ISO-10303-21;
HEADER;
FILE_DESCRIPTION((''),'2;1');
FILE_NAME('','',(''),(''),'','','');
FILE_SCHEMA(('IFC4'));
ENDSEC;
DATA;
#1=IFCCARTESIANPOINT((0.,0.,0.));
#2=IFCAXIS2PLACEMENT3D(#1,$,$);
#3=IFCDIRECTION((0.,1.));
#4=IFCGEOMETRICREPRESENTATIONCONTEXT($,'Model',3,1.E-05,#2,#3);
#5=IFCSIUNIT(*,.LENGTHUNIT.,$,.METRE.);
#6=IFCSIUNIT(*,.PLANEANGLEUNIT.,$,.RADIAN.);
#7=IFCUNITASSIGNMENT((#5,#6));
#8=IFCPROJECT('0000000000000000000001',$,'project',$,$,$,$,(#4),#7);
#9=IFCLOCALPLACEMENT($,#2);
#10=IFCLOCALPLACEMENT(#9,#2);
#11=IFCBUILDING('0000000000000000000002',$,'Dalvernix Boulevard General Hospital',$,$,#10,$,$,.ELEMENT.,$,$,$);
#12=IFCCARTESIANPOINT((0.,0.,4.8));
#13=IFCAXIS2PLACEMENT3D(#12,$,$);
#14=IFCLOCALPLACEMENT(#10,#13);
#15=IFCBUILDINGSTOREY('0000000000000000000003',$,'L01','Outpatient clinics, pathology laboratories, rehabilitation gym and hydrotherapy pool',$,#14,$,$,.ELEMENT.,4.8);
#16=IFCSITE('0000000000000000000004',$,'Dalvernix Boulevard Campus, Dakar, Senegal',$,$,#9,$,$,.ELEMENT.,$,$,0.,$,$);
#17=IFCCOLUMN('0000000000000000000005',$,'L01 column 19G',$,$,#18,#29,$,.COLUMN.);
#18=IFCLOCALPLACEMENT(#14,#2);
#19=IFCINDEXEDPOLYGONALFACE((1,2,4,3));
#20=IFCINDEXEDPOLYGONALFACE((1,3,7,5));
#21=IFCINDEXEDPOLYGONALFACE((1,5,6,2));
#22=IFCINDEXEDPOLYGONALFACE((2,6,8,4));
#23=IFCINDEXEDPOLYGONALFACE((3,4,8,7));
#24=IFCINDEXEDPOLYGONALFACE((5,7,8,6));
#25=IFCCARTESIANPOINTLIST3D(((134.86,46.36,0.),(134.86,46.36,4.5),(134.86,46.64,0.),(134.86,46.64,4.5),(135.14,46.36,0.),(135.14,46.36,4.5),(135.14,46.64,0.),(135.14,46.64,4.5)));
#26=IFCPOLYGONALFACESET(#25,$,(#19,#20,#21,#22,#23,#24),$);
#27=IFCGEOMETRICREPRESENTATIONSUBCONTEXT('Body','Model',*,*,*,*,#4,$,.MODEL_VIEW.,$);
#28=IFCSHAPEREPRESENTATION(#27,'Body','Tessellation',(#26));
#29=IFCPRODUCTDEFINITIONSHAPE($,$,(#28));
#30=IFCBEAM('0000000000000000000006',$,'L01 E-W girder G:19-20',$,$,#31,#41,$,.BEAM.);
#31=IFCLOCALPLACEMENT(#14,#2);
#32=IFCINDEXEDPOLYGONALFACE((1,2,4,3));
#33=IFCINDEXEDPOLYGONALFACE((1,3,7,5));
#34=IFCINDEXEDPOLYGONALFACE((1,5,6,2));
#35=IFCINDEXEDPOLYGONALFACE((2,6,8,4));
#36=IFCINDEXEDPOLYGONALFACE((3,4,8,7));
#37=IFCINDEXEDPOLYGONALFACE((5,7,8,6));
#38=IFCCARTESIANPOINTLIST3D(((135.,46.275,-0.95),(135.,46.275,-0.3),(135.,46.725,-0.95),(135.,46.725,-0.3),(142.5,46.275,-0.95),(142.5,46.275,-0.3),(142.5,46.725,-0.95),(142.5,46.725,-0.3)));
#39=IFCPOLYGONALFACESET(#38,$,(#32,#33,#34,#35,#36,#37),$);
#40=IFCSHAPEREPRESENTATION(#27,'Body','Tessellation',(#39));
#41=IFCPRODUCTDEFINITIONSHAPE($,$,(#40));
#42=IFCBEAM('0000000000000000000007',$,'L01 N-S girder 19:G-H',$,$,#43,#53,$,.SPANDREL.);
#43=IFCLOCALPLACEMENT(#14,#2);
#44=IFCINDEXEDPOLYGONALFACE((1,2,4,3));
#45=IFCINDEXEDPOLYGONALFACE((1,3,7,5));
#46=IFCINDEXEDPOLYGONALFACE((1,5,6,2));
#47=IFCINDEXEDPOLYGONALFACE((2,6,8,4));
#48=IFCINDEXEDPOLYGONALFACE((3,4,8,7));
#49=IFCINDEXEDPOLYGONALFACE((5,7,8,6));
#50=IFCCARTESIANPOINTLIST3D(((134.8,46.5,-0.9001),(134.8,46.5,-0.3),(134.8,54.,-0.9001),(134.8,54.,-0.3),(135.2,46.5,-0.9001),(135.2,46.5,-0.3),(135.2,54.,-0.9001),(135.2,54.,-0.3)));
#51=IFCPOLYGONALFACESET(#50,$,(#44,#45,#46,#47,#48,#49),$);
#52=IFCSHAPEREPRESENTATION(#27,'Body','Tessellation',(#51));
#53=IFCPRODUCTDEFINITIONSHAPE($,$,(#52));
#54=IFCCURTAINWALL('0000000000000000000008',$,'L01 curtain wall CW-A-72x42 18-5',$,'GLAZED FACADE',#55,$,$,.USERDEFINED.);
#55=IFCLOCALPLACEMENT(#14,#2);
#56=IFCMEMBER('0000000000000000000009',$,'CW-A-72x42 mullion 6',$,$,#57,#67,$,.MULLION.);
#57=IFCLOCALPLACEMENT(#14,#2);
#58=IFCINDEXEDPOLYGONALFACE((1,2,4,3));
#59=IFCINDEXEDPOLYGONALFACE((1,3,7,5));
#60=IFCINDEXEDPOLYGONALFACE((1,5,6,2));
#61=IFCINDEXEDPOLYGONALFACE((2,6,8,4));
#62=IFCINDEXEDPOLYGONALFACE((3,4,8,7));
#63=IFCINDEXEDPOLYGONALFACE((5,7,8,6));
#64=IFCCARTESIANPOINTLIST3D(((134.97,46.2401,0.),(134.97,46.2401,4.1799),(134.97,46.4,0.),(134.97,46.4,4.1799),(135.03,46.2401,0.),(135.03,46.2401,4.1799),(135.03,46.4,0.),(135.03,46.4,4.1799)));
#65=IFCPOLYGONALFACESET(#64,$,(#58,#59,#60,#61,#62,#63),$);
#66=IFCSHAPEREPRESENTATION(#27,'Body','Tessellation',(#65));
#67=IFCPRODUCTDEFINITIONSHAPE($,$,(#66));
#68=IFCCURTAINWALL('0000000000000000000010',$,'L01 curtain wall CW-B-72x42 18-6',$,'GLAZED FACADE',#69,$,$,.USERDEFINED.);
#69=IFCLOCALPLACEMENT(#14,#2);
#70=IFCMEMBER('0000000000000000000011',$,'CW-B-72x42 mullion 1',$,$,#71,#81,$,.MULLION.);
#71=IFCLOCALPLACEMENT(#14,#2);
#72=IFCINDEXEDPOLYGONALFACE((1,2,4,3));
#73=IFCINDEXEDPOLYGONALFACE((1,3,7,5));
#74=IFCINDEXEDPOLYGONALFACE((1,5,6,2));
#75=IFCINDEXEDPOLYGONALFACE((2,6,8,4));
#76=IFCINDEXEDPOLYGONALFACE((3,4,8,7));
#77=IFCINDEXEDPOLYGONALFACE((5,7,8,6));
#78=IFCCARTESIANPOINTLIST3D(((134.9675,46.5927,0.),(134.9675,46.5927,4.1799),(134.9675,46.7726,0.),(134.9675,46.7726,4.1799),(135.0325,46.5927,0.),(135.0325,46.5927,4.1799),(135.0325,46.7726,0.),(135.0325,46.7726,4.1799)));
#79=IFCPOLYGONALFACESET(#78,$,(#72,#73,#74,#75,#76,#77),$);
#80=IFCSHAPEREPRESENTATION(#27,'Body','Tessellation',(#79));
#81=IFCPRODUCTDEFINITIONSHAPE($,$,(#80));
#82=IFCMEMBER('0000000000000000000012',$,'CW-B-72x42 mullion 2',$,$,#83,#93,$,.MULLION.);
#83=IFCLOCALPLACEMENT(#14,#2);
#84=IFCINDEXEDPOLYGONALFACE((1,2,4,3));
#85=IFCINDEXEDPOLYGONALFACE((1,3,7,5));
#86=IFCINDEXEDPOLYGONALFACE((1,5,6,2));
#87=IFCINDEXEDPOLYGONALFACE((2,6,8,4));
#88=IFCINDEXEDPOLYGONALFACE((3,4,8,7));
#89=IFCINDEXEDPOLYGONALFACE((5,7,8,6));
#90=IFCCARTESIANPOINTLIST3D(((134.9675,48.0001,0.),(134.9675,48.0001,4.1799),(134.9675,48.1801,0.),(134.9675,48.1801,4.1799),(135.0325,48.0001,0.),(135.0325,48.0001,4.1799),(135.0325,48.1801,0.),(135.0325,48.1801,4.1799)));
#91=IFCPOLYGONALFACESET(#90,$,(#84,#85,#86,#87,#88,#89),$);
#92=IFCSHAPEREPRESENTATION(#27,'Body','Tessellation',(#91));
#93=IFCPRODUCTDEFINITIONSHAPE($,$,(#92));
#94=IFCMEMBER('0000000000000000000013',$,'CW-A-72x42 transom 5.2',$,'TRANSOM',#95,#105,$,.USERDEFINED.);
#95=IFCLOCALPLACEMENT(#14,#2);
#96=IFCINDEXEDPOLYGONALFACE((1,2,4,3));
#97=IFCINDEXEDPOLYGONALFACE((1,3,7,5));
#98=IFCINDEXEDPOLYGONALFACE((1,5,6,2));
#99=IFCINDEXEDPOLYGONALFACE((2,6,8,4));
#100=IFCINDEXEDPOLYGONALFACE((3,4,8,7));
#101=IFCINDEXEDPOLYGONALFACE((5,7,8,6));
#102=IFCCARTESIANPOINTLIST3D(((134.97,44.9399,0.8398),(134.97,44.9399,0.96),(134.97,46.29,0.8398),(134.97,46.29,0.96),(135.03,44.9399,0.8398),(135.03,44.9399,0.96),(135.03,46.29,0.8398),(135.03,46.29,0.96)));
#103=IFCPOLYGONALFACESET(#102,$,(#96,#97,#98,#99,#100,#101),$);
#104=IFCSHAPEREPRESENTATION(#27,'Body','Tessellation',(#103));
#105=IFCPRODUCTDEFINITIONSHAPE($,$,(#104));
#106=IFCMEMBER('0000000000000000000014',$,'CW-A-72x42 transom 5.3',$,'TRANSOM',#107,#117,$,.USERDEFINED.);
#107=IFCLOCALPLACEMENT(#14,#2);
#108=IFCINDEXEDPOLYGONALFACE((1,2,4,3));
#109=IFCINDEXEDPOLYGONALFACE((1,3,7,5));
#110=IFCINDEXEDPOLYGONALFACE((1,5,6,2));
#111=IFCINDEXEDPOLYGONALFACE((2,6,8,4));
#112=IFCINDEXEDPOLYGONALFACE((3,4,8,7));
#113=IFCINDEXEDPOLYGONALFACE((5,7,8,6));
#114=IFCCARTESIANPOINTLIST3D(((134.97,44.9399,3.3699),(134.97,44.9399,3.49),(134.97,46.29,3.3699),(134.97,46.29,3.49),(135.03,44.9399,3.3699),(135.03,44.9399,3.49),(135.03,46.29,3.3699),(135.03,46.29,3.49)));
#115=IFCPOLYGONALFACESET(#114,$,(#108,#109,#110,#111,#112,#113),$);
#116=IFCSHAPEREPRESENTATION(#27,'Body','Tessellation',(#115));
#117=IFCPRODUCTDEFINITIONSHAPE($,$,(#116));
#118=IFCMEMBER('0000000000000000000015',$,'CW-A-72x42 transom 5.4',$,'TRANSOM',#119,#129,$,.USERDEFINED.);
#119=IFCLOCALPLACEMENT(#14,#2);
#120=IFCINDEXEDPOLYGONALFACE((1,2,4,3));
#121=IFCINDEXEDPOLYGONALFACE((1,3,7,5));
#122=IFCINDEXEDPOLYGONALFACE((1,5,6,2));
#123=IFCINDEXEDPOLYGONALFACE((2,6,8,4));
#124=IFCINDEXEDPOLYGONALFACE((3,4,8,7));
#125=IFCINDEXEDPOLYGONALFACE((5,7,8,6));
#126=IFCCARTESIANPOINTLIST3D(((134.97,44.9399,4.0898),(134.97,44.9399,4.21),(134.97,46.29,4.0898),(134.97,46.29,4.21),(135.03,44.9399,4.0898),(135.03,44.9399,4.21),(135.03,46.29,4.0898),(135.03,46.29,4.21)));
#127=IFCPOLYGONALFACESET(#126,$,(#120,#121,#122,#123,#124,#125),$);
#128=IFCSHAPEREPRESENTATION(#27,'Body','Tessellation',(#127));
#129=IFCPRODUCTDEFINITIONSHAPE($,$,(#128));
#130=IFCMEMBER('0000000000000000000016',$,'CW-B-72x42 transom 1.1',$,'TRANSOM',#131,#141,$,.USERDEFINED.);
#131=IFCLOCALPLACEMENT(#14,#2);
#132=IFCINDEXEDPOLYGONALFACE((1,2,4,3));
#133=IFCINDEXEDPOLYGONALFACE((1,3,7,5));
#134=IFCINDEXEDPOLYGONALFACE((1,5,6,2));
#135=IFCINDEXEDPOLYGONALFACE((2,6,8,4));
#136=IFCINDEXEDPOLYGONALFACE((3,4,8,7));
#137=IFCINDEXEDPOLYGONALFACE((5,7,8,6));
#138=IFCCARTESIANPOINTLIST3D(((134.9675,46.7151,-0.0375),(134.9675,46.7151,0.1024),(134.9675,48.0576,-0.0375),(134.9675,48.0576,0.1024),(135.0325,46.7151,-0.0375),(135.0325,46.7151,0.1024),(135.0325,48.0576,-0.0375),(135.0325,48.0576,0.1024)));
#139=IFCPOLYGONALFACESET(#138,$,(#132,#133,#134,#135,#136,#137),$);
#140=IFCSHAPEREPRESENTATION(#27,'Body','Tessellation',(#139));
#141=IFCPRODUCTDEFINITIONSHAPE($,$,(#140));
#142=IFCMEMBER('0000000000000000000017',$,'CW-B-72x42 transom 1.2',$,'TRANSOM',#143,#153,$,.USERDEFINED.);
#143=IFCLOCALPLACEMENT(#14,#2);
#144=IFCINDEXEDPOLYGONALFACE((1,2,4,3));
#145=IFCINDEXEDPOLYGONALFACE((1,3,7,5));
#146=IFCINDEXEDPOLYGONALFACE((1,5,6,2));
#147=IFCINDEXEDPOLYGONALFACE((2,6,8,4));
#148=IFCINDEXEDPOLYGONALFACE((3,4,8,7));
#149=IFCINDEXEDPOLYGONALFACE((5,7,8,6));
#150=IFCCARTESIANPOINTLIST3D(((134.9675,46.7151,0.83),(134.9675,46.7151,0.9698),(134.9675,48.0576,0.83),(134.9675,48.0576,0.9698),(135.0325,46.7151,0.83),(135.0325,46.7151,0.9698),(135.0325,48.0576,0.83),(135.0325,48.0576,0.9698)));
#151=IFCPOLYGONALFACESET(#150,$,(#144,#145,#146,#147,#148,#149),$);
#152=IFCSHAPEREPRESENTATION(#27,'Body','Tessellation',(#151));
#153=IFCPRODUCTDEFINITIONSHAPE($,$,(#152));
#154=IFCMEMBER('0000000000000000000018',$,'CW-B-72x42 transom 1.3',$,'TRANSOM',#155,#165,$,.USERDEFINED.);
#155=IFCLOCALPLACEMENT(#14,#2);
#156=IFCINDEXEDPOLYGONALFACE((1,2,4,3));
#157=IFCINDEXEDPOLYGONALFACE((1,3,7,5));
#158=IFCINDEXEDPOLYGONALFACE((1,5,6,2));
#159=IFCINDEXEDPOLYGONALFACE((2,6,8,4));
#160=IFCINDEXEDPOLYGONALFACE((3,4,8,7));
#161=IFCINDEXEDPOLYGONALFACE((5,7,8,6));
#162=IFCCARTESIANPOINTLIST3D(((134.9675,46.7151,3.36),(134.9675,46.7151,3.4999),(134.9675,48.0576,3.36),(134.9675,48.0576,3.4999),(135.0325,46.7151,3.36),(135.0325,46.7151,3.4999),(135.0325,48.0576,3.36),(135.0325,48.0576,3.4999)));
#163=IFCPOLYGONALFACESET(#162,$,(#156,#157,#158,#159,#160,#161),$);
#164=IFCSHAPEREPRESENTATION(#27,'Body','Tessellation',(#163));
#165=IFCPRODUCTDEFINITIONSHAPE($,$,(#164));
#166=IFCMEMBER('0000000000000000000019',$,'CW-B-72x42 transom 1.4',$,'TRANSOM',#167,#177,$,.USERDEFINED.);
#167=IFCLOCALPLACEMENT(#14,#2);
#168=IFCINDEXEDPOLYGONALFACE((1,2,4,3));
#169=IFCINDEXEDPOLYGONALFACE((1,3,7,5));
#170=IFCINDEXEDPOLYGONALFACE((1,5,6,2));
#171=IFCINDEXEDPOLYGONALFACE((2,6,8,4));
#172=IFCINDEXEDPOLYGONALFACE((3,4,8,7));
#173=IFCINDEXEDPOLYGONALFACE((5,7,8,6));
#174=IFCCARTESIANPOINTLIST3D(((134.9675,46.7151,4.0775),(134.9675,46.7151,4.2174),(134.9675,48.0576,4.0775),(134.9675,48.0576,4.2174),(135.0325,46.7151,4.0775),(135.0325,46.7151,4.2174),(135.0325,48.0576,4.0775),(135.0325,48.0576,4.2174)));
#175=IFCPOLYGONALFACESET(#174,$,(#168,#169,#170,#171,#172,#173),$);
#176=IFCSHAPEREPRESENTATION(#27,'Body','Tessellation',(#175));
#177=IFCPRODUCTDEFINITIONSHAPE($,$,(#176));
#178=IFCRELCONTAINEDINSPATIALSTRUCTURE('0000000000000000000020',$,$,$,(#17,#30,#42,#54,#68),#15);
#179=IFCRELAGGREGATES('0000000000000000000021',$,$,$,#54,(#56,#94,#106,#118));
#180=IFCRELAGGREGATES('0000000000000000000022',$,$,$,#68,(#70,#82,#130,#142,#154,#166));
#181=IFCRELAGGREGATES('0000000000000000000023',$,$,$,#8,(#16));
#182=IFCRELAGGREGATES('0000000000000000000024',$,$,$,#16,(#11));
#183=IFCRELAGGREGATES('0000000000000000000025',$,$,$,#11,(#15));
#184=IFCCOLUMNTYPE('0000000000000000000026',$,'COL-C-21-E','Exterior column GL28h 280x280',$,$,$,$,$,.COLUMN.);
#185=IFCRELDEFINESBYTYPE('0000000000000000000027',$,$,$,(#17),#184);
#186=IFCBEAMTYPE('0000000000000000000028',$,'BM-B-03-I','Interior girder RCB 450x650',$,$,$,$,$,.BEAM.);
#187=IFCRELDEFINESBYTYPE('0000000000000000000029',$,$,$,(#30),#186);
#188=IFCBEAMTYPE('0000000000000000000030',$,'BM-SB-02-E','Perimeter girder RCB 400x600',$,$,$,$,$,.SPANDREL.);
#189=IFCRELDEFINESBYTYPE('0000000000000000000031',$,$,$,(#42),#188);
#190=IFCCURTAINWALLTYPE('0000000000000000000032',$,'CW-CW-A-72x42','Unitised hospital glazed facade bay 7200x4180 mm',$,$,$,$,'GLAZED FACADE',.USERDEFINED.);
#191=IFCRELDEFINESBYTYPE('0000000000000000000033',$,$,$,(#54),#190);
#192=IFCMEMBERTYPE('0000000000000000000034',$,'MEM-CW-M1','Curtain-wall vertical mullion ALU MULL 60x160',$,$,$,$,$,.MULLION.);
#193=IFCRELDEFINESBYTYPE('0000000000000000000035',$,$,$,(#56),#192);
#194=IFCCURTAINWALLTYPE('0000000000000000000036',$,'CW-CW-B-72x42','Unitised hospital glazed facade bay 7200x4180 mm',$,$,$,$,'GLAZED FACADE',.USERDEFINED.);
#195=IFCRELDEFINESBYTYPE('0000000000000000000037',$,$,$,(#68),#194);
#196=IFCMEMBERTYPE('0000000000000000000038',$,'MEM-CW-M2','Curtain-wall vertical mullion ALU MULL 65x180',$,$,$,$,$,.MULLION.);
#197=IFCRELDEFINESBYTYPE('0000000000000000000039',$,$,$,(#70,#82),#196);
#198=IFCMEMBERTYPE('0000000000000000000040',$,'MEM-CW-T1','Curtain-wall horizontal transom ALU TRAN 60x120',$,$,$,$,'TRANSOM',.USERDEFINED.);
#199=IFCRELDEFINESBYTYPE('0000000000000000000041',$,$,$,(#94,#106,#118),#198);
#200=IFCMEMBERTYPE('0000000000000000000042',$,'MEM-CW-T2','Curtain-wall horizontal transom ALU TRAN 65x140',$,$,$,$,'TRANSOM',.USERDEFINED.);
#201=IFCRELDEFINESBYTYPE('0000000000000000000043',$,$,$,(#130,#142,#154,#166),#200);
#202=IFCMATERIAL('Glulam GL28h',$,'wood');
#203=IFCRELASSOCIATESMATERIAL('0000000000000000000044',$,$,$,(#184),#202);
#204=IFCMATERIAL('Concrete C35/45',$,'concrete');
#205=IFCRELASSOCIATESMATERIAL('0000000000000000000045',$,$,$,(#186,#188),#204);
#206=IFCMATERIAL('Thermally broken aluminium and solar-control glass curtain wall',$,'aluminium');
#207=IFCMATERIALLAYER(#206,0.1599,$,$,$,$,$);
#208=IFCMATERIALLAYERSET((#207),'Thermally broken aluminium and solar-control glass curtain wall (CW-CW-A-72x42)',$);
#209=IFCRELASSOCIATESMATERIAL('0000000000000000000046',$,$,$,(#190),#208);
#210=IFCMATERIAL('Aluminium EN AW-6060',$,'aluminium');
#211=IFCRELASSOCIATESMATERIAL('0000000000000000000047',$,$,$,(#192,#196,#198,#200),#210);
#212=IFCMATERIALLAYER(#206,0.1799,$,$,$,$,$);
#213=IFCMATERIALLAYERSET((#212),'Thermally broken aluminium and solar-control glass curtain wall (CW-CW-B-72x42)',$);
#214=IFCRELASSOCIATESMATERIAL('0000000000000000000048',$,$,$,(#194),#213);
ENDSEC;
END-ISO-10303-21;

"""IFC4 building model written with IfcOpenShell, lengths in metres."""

from ifc_helpers import new_model, si_unit, direction, frame, origin, origin_2d, place, context, subcontext, project, spatial, rectangle, extrude, material, layer, layer_set, material_profile, profile_set, type_object, element, aggregate, save


model = new_model("IFC4")

# Units and contexts
model_context = context("Model", 3, precision=1e-05, world=origin(), true_north=direction((0.0, 1.0)))
body_context = subcontext(model_context, "Body", "Model", "MODEL_VIEW")
ifc_project = project(units=[si_unit("LENGTHUNIT", "METRE"), si_unit("PLANEANGLEUNIT", "RADIAN")], contexts=[model_context])

# Site, building, storey
site_placement = place(None, origin())
site = spatial("IfcSite", under=ifc_project, at=site_placement, Name="Dalvernix Boulevard Campus, Dakar, Senegal", CompositionType="ELEMENT", RefElevation=0.0)
building_placement = place(site_placement, origin())
building = spatial("IfcBuilding", under=site, at=building_placement, Name="Dalvernix Boulevard General Hospital", CompositionType="ELEMENT")
storey_placement = place(building_placement, frame((0.0, 0.0, 4.8)))
storey = spatial("IfcBuildingStorey", under=building, at=storey_placement, Name="L01", Description="Outpatient clinics, pathology laboratories, rehabilitation gym and hydrotherapy pool", CompositionType="ELEMENT", Elevation=4.8)

# Column
ifc_material_1 = material(Name="Glulam GL28h", Category="wood")
ifc_material_profile_1 = material_profile(ifc_material_1, rectangle(XDim=0.28, YDim=0.28, at=origin_2d()), Name="GL28h 280x280")
ifc_profile_set_1 = profile_set([ifc_material_profile_1], Name="Glulam GL28h")
column_type = type_object("IfcColumnType", Name="COL-C-21-E", Description="Exterior column GL28h 280x280", PredefinedType="COLUMN", material=ifc_profile_set_1)
column_placement = place(storey_placement, frame((135.0, 46.5, 0.0), z_axis=(0.0, 0.0, 1.0), x_axis=(1.0, 0.0, 0.0)))
element("IfcColumn", 1, at=column_placement, inside=storey, type_object=column_type, Name="L01 column 19G", PredefinedType="COLUMN", context=body_context, shape_type="SweptSolid", body=[
    extrude(rectangle(XDim=0.28, YDim=0.28, at=origin_2d()), origin(), (0.0, 0.0, 1.0), 4.5),
])

# Beams
ifc_material_2 = material(Name="Concrete C35/45", Category="concrete")
ifc_material_profile_2 = material_profile(ifc_material_2, rectangle(XDim=0.45, YDim=0.6499, at=origin_2d()), Name="RCB 450x650")
ifc_profile_set_2 = profile_set([ifc_material_profile_2], Name="Concrete C35/45")
beam_type_1 = type_object("IfcBeamType", Name="BM-B-03-I", Description="Interior girder RCB 450x650", PredefinedType="BEAM", material=ifc_profile_set_2)
beam_1_placement = place(storey_placement, frame((135.0, 46.5, -0.625), z_axis=(1.0, 0.0, 0.0), x_axis=(0.0, 1.0, 0.0)))
element("IfcBeam", 2, at=beam_1_placement, inside=storey, type_object=beam_type_1, Name="L01 E-W girder G:19-20", PredefinedType="BEAM", context=body_context, shape_type="SweptSolid", body=[
    extrude(rectangle(XDim=0.45, YDim=0.6499, at=origin_2d()), origin(), (0.0, 0.0, 1.0), 7.5),
])
ifc_material_profile_3 = material_profile(ifc_material_2, rectangle(XDim=0.3999, YDim=0.6001, at=origin_2d()), Name="RCB 400x600")
ifc_profile_set_3 = profile_set([ifc_material_profile_3], Name="Concrete C35/45")
beam_type_2 = type_object("IfcBeamType", Name="BM-SB-02-E", Description="Perimeter girder RCB 400x600", PredefinedType="SPANDREL", material=ifc_profile_set_3)
beam_2_placement = place(storey_placement, frame((135.0, 46.5, -0.6001), z_axis=(0.0, 1.0, 0.0), x_axis=(-1.0, 0.0, 0.0)))
element("IfcBeam", 3, at=beam_2_placement, inside=storey, type_object=beam_type_2, Name="L01 N-S girder 19:G-H", PredefinedType="SPANDREL", context=body_context, shape_type="SweptSolid", body=[
    extrude(rectangle(XDim=0.3999, YDim=0.6001, at=origin_2d()), origin(), (0.0, 0.0, 1.0), 7.5),
])

# Curtain wall, member
ifc_material_3 = material(Name="Thermally broken aluminium and solar-control glass curtain wall", Category="aluminium")
ifc_layer_1 = layer(ifc_material_3, 0.1599)
ifc_layer_set_1 = layer_set([ifc_layer_1], Name="Thermally broken aluminium and solar-control glass curtain wall (CW-CW-A-72x42)")
curtain_wall_type_1 = type_object("IfcCurtainWallType", Name="CW-CW-A-72x42", Description="Unitised hospital glazed facade bay 7200x4180 mm", ElementType="GLAZED FACADE", PredefinedType="USERDEFINED", material=ifc_layer_set_1)
curtain_wall_1_placement = place(storey_placement, origin())
curtain_wall_1 = element("IfcCurtainWall", 4, at=curtain_wall_1_placement, inside=storey, type_object=curtain_wall_type_1, Name="L01 curtain wall CW-A-72x42 18-5", ObjectType="GLAZED FACADE", PredefinedType="USERDEFINED")
ifc_material_4 = material(Name="Aluminium EN AW-6060", Category="aluminium")
ifc_material_profile_4 = material_profile(ifc_material_4, rectangle(XDim=0.0601, YDim=0.1599, at=origin_2d()), Name="ALU MULL 60x160")
ifc_profile_set_4 = profile_set([ifc_material_profile_4], Name="Aluminium EN AW-6060")
member_type_1 = type_object("IfcMemberType", Name="MEM-CW-M1", Description="Curtain-wall vertical mullion ALU MULL 60x160", PredefinedType="MULLION", material=ifc_profile_set_4)
member_1_placement = place(storey_placement, frame((135.0, 46.3201, 0.0), z_axis=(0.0, 0.0, 1.0), x_axis=(-1.0, 0.0, 0.0)))
member_1 = element("IfcMember", 5, at=member_1_placement, type_object=member_type_1, Name="CW-A-72x42 mullion 6", PredefinedType="MULLION", context=body_context, shape_type="SweptSolid", body=[
    extrude(rectangle(XDim=0.0601, YDim=0.1599, at=origin_2d()), origin(), (0.0, 0.0, 1.0), 4.1799),
])

# Curtain wall, members
ifc_layer_2 = layer(ifc_material_3, 0.1799)
ifc_layer_set_2 = layer_set([ifc_layer_2], Name="Thermally broken aluminium and solar-control glass curtain wall (CW-CW-B-72x42)")
curtain_wall_type_2 = type_object("IfcCurtainWallType", Name="CW-CW-B-72x42", Description="Unitised hospital glazed facade bay 7200x4180 mm", ElementType="GLAZED FACADE", PredefinedType="USERDEFINED", material=ifc_layer_set_2)
curtain_wall_2_placement = place(storey_placement, origin())
curtain_wall_2 = element("IfcCurtainWall", 6, at=curtain_wall_2_placement, inside=storey, type_object=curtain_wall_type_2, Name="L01 curtain wall CW-B-72x42 18-6", ObjectType="GLAZED FACADE", PredefinedType="USERDEFINED")
ifc_material_profile_5 = material_profile(ifc_material_4, rectangle(XDim=0.0649, YDim=0.1799, at=origin_2d()), Name="ALU MULL 65x180")
ifc_profile_set_5 = profile_set([ifc_material_profile_5], Name="Aluminium EN AW-6060")
member_type_2 = type_object("IfcMemberType", Name="MEM-CW-M2", Description="Curtain-wall vertical mullion ALU MULL 65x180", PredefinedType="MULLION", material=ifc_profile_set_5)
member_2_placement = place(storey_placement, frame((135.0, 46.6826, 0.0), z_axis=(0.0, 0.0, 1.0), x_axis=(-1.0, 0.0, 0.0)))
member_2 = element("IfcMember", 7, at=member_2_placement, type_object=member_type_2, Name="CW-B-72x42 mullion 1", PredefinedType="MULLION", context=body_context, shape_type="SweptSolid", body=[
    extrude(rectangle(XDim=0.0649, YDim=0.1799, at=origin_2d()), origin(), (0.0, 0.0, 1.0), 4.1799),
])
member_3_placement = place(storey_placement, frame((135.0, 48.0901, 0.0), z_axis=(0.0, 0.0, 1.0), x_axis=(-1.0, 0.0, 0.0)))
member_3 = element("IfcMember", 8, at=member_3_placement, type_object=member_type_2, Name="CW-B-72x42 mullion 2", PredefinedType="MULLION", context=body_context, shape_type="SweptSolid", body=[
    extrude(rectangle(XDim=0.0649, YDim=0.1799, at=origin_2d()), origin(), (0.0, 0.0, 1.0), 4.1799),
])

# Members
ifc_material_profile_6 = material_profile(ifc_material_4, rectangle(XDim=0.0601, YDim=0.1201, at=origin_2d()), Name="ALU TRAN 60x120")
ifc_profile_set_6 = profile_set([ifc_material_profile_6], Name="Aluminium EN AW-6060")
member_type_3 = type_object("IfcMemberType", Name="MEM-CW-T1", Description="Curtain-wall horizontal transom ALU TRAN 60x120", ElementType="TRANSOM", PredefinedType="USERDEFINED", material=ifc_profile_set_6)
member_4_placement = place(storey_placement, frame((135.0, 44.9399, 0.8999), z_axis=(0.0, 1.0, 0.0), x_axis=(-1.0, 0.0, 0.0)))
member_4 = element("IfcMember", 9, at=member_4_placement, type_object=member_type_3, Name="CW-A-72x42 transom 5.2", ObjectType="TRANSOM", PredefinedType="USERDEFINED", context=body_context, shape_type="SweptSolid", body=[
    extrude(rectangle(XDim=0.0601, YDim=0.1201, at=origin_2d()), origin(), (0.0, 0.0, 1.0), 1.3501),
])
member_5_placement = place(storey_placement, frame((135.0, 44.9399, 3.4299), z_axis=(0.0, 1.0, 0.0), x_axis=(-1.0, 0.0, 0.0)))
member_5 = element("IfcMember", 10, at=member_5_placement, type_object=member_type_3, Name="CW-A-72x42 transom 5.3", ObjectType="TRANSOM", PredefinedType="USERDEFINED", context=body_context, shape_type="SweptSolid", body=[
    extrude(rectangle(XDim=0.0601, YDim=0.1201, at=origin_2d()), origin(), (0.0, 0.0, 1.0), 1.3501),
])
member_6_placement = place(storey_placement, frame((135.0, 44.9399, 4.1499), z_axis=(0.0, 1.0, 0.0), x_axis=(-1.0, 0.0, 0.0)))
member_6 = element("IfcMember", 11, at=member_6_placement, type_object=member_type_3, Name="CW-A-72x42 transom 5.4", ObjectType="TRANSOM", PredefinedType="USERDEFINED", context=body_context, shape_type="SweptSolid", body=[
    extrude(rectangle(XDim=0.0601, YDim=0.1201, at=origin_2d()), origin(), (0.0, 0.0, 1.0), 1.3501),
])
ifc_material_profile_7 = material_profile(ifc_material_4, rectangle(XDim=0.0649, YDim=0.1399, at=origin_2d()), Name="ALU TRAN 65x140")
ifc_profile_set_7 = profile_set([ifc_material_profile_7], Name="Aluminium EN AW-6060")
member_type_4 = type_object("IfcMemberType", Name="MEM-CW-T2", Description="Curtain-wall horizontal transom ALU TRAN 65x140", ElementType="TRANSOM", PredefinedType="USERDEFINED", material=ifc_profile_set_7)
member_7_placement = place(storey_placement, frame((135.0, 46.7151, 0.0325), z_axis=(0.0, 1.0, 0.0), x_axis=(-1.0, 0.0, 0.0)))
member_7 = element("IfcMember", 12, at=member_7_placement, type_object=member_type_4, Name="CW-B-72x42 transom 1.1", ObjectType="TRANSOM", PredefinedType="USERDEFINED", context=body_context, shape_type="SweptSolid", body=[
    extrude(rectangle(XDim=0.0649, YDim=0.1399, at=origin_2d()), origin(), (0.0, 0.0, 1.0), 1.3425),
])
member_8_placement = place(storey_placement, frame((135.0, 46.7151, 0.8999), z_axis=(0.0, 1.0, 0.0), x_axis=(-1.0, 0.0, 0.0)))
member_8 = element("IfcMember", 13, at=member_8_placement, type_object=member_type_4, Name="CW-B-72x42 transom 1.2", ObjectType="TRANSOM", PredefinedType="USERDEFINED", context=body_context, shape_type="SweptSolid", body=[
    extrude(rectangle(XDim=0.0649, YDim=0.1399, at=origin_2d()), origin(), (0.0, 0.0, 1.0), 1.3425),
])
member_9_placement = place(storey_placement, frame((135.0, 46.7151, 3.4299), z_axis=(0.0, 1.0, 0.0), x_axis=(-1.0, 0.0, 0.0)))
member_9 = element("IfcMember", 14, at=member_9_placement, type_object=member_type_4, Name="CW-B-72x42 transom 1.3", ObjectType="TRANSOM", PredefinedType="USERDEFINED", context=body_context, shape_type="SweptSolid", body=[
    extrude(rectangle(XDim=0.0649, YDim=0.1399, at=origin_2d()), origin(), (0.0, 0.0, 1.0), 1.3425),
])
member_10_placement = place(storey_placement, frame((135.0, 46.7151, 4.1475), z_axis=(0.0, 1.0, 0.0), x_axis=(-1.0, 0.0, 0.0)))
member_10 = element("IfcMember", 15, at=member_10_placement, type_object=member_type_4, Name="CW-B-72x42 transom 1.4", ObjectType="TRANSOM", PredefinedType="USERDEFINED", context=body_context, shape_type="SweptSolid", body=[
    extrude(rectangle(XDim=0.0649, YDim=0.1399, at=origin_2d()), origin(), (0.0, 0.0, 1.0), 1.3425),
])

aggregate(curtain_wall_1, [member_1, member_4, member_5, member_6])
aggregate(curtain_wall_2, [member_2, member_3, member_7, member_8, member_9, member_10])

save(model, "model.ifc")
